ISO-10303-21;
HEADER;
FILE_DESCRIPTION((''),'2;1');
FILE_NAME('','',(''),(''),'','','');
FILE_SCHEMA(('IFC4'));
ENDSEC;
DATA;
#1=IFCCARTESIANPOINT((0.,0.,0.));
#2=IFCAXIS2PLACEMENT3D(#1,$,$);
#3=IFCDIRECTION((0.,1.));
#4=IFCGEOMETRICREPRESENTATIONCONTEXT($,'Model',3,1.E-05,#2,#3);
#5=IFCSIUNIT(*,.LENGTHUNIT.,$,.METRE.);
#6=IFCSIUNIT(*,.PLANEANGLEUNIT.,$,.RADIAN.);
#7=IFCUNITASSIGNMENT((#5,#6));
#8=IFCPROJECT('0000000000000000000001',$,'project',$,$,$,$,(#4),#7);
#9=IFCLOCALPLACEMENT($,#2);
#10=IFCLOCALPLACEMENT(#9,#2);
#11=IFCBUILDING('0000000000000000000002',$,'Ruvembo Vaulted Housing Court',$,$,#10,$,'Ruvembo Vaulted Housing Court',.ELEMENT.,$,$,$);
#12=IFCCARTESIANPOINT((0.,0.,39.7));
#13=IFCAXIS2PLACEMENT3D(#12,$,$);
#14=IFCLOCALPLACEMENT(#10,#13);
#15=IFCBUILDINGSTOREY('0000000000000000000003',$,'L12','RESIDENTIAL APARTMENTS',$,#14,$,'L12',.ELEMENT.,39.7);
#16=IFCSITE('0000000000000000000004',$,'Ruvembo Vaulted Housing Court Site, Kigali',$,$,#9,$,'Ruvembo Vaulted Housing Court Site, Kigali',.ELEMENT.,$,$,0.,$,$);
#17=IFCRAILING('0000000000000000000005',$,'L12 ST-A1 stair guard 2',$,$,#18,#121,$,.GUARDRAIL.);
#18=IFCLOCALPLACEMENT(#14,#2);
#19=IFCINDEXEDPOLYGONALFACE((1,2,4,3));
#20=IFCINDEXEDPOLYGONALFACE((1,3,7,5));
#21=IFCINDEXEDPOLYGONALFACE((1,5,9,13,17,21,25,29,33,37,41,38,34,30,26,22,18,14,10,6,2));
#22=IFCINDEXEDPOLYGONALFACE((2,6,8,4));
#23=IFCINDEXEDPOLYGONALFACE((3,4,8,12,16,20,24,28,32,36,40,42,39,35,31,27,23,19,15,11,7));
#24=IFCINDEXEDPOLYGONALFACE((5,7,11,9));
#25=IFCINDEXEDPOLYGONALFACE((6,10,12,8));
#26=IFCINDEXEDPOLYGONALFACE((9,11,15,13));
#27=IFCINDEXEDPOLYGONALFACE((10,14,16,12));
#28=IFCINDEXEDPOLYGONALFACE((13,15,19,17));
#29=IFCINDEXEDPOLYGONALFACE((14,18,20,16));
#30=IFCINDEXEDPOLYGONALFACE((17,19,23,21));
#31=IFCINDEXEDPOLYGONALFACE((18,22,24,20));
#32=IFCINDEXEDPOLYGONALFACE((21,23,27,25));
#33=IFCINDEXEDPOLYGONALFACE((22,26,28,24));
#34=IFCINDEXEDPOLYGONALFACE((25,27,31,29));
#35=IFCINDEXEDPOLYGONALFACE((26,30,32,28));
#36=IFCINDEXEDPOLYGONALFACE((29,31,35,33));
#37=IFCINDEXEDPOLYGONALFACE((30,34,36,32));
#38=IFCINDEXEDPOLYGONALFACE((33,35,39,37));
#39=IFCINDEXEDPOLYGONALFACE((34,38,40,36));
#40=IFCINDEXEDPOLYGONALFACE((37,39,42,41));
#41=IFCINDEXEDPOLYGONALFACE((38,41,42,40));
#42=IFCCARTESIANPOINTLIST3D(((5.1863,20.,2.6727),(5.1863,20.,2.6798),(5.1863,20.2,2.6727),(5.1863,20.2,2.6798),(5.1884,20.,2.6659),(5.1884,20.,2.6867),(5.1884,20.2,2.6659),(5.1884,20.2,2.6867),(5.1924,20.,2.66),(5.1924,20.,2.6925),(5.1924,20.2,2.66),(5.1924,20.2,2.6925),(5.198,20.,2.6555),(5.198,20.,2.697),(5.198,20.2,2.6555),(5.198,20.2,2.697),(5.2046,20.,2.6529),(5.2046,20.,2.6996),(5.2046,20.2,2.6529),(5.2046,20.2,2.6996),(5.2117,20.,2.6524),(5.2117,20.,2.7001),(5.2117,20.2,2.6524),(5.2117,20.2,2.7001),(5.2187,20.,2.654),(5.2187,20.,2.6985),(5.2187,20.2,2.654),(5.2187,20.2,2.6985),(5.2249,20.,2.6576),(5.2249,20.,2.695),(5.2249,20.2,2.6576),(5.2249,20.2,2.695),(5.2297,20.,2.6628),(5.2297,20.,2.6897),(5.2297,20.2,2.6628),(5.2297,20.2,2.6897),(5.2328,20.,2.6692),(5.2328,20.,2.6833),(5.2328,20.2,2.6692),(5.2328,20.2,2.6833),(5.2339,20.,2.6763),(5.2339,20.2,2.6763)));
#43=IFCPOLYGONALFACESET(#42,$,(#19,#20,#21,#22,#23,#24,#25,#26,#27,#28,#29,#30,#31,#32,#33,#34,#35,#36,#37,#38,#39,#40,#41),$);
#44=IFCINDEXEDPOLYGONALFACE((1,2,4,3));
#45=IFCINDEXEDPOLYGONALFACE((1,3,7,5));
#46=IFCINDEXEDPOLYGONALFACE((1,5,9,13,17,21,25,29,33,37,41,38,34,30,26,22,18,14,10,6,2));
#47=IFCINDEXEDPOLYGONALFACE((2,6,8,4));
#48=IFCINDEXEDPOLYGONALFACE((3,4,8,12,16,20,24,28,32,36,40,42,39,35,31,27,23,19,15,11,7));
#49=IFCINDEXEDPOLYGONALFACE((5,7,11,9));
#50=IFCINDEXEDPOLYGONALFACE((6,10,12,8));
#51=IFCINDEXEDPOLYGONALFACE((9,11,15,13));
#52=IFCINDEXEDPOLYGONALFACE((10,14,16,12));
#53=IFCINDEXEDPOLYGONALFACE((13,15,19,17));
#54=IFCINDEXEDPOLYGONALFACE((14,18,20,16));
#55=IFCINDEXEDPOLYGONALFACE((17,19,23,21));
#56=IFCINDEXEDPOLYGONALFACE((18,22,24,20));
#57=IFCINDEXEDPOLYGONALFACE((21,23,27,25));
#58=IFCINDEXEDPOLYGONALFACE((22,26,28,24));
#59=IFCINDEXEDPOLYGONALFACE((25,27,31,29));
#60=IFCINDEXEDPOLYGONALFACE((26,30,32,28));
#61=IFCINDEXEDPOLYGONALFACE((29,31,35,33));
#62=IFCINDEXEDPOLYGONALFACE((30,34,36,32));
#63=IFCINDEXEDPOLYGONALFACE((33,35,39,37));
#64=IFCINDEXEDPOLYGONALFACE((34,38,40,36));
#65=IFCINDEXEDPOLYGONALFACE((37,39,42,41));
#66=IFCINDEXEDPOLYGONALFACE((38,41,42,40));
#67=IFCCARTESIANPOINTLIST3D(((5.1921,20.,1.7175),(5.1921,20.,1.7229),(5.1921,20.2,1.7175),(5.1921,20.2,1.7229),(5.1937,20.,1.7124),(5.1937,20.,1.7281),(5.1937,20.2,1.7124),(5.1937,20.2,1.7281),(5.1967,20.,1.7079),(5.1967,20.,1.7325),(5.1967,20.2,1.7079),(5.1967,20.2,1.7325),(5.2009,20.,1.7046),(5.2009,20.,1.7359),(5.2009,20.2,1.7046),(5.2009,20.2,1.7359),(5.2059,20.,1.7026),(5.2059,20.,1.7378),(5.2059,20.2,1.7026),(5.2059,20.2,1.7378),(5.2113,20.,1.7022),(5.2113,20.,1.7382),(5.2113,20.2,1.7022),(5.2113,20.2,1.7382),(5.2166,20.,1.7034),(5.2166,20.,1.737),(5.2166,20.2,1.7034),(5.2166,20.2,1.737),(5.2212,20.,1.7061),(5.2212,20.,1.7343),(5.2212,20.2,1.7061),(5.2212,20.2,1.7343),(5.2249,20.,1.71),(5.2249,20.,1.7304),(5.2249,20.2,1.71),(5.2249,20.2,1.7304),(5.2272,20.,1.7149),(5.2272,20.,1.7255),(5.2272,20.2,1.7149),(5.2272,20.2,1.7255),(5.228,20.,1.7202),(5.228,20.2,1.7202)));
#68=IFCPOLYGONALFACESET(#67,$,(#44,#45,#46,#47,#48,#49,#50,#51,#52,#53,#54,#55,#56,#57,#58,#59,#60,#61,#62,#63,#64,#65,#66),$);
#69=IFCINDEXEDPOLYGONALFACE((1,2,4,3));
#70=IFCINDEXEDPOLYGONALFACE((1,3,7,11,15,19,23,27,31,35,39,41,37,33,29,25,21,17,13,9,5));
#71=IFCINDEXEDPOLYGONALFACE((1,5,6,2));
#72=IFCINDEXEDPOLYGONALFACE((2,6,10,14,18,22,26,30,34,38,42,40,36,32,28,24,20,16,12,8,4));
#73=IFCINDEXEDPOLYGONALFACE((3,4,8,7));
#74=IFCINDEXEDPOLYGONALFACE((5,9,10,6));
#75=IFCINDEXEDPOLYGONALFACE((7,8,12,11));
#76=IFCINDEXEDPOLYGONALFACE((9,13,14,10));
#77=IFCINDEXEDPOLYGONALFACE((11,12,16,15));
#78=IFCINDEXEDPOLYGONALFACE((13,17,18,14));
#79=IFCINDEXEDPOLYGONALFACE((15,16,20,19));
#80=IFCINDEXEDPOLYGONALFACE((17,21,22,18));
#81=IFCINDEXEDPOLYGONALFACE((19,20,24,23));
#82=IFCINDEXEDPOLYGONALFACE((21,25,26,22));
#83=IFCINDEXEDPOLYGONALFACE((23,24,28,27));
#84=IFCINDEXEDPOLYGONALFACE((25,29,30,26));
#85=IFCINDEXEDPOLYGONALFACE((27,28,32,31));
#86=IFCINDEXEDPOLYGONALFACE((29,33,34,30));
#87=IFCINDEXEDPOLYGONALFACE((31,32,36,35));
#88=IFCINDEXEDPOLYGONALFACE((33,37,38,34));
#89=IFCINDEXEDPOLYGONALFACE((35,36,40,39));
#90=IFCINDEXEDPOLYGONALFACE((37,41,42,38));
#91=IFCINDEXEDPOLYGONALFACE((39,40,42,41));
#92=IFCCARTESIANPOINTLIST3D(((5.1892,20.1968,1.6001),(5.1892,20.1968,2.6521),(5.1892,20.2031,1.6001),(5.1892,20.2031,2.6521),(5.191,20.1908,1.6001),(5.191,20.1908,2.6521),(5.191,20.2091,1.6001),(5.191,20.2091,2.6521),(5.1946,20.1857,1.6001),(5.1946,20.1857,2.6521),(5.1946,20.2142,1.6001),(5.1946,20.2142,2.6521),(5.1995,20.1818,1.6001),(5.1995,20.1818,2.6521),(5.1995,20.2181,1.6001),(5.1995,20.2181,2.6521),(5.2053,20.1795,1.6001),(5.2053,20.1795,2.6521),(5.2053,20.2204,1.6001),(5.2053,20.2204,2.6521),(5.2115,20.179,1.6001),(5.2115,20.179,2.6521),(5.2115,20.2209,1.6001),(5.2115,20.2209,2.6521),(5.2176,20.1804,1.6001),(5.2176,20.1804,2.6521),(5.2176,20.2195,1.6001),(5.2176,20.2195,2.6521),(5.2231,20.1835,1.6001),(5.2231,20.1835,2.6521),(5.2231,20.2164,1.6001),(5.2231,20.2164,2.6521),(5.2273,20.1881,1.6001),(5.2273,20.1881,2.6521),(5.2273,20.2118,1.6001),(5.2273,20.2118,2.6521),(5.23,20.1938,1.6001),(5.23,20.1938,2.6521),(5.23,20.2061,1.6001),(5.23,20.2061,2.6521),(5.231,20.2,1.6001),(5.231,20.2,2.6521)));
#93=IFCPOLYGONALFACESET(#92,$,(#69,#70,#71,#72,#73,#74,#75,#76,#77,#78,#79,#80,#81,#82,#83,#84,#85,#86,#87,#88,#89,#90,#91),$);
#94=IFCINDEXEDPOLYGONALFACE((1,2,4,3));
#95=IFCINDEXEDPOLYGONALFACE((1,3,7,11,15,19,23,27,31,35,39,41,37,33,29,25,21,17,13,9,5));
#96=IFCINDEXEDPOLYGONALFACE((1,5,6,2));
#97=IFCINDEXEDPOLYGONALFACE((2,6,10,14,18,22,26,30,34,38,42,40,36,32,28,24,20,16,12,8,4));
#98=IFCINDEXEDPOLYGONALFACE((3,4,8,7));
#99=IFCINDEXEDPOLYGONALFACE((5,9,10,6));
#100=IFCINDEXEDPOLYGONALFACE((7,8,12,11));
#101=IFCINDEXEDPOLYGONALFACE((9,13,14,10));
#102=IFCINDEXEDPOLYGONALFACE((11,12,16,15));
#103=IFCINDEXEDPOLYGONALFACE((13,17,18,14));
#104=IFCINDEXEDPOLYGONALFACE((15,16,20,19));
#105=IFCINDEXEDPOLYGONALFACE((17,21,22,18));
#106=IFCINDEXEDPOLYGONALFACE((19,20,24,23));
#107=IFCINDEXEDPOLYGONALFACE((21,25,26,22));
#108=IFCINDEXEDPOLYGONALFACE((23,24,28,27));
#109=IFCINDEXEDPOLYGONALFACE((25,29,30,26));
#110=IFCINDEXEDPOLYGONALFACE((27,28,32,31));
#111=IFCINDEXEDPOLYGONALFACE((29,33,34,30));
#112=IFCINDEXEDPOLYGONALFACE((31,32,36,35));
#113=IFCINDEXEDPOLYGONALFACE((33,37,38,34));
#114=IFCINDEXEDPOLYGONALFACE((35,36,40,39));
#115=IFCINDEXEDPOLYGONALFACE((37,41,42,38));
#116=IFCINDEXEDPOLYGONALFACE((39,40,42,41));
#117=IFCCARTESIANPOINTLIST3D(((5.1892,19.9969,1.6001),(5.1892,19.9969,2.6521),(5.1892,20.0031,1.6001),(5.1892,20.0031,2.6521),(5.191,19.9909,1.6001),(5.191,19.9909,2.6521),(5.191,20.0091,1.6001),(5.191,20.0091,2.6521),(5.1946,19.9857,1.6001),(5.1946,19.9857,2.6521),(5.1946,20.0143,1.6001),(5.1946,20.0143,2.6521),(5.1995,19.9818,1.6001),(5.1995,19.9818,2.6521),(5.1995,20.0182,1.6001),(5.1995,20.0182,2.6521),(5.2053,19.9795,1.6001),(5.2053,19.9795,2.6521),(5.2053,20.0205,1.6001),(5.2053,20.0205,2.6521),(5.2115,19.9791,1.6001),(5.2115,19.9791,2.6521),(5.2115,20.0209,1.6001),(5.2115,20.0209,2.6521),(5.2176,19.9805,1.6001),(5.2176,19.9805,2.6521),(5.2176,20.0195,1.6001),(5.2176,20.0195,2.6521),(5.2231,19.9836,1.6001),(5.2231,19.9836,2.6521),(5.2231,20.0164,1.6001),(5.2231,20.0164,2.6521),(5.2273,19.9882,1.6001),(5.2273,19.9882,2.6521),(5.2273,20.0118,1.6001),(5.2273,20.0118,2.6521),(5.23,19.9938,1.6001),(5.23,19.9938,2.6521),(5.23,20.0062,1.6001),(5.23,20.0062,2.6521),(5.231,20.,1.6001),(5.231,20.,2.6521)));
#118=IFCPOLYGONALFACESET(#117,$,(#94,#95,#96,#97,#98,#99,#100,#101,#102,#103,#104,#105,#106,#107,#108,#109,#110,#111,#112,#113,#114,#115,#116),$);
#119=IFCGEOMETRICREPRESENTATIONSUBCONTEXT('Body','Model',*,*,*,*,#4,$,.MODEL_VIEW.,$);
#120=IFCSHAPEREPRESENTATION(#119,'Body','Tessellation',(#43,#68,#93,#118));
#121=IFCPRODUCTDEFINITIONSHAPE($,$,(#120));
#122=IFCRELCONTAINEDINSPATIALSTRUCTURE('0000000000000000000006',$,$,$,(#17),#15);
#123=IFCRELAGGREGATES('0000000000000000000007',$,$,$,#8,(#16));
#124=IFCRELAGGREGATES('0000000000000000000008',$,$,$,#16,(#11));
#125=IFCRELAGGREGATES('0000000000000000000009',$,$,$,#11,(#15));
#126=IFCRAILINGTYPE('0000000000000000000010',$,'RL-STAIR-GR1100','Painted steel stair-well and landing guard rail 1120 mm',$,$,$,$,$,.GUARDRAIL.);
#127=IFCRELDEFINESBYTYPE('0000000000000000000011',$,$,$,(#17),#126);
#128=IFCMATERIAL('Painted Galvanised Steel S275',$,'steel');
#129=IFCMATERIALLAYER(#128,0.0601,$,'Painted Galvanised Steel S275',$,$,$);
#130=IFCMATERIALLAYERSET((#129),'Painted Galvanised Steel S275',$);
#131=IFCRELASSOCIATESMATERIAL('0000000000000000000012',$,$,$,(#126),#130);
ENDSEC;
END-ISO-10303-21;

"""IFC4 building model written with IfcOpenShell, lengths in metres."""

from ifc_helpers import new_model, si_unit, direction, frame, origin, origin_2d, place, context, subcontext, project, spatial, circle, extrude, material, layer, layer_set, type_object, element, save


model = new_model("IFC4")

# Units and contexts
model_context = context("Model", 3, precision=1e-05, world=origin(), true_north=direction((0.0, 1.0)))
body_context = subcontext(model_context, "Body", "Model", "MODEL_VIEW")
ifc_project = project(units=[si_unit("LENGTHUNIT", "METRE"), si_unit("PLANEANGLEUNIT", "RADIAN")], contexts=[model_context])

# Site, building, storey
site_placement = place(None, origin())
site = spatial("IfcSite", under=ifc_project, at=site_placement, Name="Ruvembo Vaulted Housing Court Site, Kigali", LongName="Ruvembo Vaulted Housing Court Site, Kigali", CompositionType="ELEMENT", RefElevation=0.0)
building_placement = place(site_placement, origin())
building = spatial("IfcBuilding", under=site, at=building_placement, Name="Ruvembo Vaulted Housing Court", LongName="Ruvembo Vaulted Housing Court", CompositionType="ELEMENT")
storey_placement = place(building_placement, frame((0.0, 0.0, 39.7)))
storey = spatial("IfcBuildingStorey", under=building, at=storey_placement, Name="L12", Description="RESIDENTIAL APARTMENTS", LongName="L12", CompositionType="ELEMENT", Elevation=39.7)

# Railing
ifc_material_1 = material(Name="Painted Galvanised Steel S275", Category="steel")
ifc_layer_1 = layer(ifc_material_1, 0.0601, Name="Painted Galvanised Steel S275")
ifc_layer_set_1 = layer_set([ifc_layer_1], Name="Painted Galvanised Steel S275")
railing_type_1 = type_object("IfcRailingType", Name="RL-STAIR-GR1100", Description="Painted steel stair-well and landing guard rail 1120 mm", PredefinedType="GUARDRAIL", material=ifc_layer_set_1)
railing_1_placement = place(storey_placement, frame((5.21, 20.2, 1.6001)))
element("IfcRailing", 1, at=railing_1_placement, inside=storey, type_object=railing_type_1, Name="L12 ST-A1 stair guard 2", PredefinedType="GUARDRAIL", context=body_context, shape_type="SweptSolid", body=[
    extrude(circle(Radius=0.0239, at=origin_2d()), frame((0.0, 0.0, 1.0762), z_axis=(0.0, -1.0, 0.0), x_axis=(1.0, 0.0, 0.0)), (0.0, 0.0, 1.0), 0.2),
    extrude(circle(Radius=0.0181, at=origin_2d()), frame((0.0, 0.0, 0.1201), z_axis=(0.0, -1.0, 0.0), x_axis=(1.0, 0.0, 0.0)), (0.0, 0.0, 1.0), 0.2),
    extrude(circle(Radius=0.021, at=origin_2d()), origin(), (0.0, 0.0, 1.0), 1.052),
    extrude(circle(Radius=0.021, at=origin_2d()), frame((0.0, -0.2, 0.0)), (0.0, 0.0, 1.0), 1.052),
])

save(model, "model.ifc")
